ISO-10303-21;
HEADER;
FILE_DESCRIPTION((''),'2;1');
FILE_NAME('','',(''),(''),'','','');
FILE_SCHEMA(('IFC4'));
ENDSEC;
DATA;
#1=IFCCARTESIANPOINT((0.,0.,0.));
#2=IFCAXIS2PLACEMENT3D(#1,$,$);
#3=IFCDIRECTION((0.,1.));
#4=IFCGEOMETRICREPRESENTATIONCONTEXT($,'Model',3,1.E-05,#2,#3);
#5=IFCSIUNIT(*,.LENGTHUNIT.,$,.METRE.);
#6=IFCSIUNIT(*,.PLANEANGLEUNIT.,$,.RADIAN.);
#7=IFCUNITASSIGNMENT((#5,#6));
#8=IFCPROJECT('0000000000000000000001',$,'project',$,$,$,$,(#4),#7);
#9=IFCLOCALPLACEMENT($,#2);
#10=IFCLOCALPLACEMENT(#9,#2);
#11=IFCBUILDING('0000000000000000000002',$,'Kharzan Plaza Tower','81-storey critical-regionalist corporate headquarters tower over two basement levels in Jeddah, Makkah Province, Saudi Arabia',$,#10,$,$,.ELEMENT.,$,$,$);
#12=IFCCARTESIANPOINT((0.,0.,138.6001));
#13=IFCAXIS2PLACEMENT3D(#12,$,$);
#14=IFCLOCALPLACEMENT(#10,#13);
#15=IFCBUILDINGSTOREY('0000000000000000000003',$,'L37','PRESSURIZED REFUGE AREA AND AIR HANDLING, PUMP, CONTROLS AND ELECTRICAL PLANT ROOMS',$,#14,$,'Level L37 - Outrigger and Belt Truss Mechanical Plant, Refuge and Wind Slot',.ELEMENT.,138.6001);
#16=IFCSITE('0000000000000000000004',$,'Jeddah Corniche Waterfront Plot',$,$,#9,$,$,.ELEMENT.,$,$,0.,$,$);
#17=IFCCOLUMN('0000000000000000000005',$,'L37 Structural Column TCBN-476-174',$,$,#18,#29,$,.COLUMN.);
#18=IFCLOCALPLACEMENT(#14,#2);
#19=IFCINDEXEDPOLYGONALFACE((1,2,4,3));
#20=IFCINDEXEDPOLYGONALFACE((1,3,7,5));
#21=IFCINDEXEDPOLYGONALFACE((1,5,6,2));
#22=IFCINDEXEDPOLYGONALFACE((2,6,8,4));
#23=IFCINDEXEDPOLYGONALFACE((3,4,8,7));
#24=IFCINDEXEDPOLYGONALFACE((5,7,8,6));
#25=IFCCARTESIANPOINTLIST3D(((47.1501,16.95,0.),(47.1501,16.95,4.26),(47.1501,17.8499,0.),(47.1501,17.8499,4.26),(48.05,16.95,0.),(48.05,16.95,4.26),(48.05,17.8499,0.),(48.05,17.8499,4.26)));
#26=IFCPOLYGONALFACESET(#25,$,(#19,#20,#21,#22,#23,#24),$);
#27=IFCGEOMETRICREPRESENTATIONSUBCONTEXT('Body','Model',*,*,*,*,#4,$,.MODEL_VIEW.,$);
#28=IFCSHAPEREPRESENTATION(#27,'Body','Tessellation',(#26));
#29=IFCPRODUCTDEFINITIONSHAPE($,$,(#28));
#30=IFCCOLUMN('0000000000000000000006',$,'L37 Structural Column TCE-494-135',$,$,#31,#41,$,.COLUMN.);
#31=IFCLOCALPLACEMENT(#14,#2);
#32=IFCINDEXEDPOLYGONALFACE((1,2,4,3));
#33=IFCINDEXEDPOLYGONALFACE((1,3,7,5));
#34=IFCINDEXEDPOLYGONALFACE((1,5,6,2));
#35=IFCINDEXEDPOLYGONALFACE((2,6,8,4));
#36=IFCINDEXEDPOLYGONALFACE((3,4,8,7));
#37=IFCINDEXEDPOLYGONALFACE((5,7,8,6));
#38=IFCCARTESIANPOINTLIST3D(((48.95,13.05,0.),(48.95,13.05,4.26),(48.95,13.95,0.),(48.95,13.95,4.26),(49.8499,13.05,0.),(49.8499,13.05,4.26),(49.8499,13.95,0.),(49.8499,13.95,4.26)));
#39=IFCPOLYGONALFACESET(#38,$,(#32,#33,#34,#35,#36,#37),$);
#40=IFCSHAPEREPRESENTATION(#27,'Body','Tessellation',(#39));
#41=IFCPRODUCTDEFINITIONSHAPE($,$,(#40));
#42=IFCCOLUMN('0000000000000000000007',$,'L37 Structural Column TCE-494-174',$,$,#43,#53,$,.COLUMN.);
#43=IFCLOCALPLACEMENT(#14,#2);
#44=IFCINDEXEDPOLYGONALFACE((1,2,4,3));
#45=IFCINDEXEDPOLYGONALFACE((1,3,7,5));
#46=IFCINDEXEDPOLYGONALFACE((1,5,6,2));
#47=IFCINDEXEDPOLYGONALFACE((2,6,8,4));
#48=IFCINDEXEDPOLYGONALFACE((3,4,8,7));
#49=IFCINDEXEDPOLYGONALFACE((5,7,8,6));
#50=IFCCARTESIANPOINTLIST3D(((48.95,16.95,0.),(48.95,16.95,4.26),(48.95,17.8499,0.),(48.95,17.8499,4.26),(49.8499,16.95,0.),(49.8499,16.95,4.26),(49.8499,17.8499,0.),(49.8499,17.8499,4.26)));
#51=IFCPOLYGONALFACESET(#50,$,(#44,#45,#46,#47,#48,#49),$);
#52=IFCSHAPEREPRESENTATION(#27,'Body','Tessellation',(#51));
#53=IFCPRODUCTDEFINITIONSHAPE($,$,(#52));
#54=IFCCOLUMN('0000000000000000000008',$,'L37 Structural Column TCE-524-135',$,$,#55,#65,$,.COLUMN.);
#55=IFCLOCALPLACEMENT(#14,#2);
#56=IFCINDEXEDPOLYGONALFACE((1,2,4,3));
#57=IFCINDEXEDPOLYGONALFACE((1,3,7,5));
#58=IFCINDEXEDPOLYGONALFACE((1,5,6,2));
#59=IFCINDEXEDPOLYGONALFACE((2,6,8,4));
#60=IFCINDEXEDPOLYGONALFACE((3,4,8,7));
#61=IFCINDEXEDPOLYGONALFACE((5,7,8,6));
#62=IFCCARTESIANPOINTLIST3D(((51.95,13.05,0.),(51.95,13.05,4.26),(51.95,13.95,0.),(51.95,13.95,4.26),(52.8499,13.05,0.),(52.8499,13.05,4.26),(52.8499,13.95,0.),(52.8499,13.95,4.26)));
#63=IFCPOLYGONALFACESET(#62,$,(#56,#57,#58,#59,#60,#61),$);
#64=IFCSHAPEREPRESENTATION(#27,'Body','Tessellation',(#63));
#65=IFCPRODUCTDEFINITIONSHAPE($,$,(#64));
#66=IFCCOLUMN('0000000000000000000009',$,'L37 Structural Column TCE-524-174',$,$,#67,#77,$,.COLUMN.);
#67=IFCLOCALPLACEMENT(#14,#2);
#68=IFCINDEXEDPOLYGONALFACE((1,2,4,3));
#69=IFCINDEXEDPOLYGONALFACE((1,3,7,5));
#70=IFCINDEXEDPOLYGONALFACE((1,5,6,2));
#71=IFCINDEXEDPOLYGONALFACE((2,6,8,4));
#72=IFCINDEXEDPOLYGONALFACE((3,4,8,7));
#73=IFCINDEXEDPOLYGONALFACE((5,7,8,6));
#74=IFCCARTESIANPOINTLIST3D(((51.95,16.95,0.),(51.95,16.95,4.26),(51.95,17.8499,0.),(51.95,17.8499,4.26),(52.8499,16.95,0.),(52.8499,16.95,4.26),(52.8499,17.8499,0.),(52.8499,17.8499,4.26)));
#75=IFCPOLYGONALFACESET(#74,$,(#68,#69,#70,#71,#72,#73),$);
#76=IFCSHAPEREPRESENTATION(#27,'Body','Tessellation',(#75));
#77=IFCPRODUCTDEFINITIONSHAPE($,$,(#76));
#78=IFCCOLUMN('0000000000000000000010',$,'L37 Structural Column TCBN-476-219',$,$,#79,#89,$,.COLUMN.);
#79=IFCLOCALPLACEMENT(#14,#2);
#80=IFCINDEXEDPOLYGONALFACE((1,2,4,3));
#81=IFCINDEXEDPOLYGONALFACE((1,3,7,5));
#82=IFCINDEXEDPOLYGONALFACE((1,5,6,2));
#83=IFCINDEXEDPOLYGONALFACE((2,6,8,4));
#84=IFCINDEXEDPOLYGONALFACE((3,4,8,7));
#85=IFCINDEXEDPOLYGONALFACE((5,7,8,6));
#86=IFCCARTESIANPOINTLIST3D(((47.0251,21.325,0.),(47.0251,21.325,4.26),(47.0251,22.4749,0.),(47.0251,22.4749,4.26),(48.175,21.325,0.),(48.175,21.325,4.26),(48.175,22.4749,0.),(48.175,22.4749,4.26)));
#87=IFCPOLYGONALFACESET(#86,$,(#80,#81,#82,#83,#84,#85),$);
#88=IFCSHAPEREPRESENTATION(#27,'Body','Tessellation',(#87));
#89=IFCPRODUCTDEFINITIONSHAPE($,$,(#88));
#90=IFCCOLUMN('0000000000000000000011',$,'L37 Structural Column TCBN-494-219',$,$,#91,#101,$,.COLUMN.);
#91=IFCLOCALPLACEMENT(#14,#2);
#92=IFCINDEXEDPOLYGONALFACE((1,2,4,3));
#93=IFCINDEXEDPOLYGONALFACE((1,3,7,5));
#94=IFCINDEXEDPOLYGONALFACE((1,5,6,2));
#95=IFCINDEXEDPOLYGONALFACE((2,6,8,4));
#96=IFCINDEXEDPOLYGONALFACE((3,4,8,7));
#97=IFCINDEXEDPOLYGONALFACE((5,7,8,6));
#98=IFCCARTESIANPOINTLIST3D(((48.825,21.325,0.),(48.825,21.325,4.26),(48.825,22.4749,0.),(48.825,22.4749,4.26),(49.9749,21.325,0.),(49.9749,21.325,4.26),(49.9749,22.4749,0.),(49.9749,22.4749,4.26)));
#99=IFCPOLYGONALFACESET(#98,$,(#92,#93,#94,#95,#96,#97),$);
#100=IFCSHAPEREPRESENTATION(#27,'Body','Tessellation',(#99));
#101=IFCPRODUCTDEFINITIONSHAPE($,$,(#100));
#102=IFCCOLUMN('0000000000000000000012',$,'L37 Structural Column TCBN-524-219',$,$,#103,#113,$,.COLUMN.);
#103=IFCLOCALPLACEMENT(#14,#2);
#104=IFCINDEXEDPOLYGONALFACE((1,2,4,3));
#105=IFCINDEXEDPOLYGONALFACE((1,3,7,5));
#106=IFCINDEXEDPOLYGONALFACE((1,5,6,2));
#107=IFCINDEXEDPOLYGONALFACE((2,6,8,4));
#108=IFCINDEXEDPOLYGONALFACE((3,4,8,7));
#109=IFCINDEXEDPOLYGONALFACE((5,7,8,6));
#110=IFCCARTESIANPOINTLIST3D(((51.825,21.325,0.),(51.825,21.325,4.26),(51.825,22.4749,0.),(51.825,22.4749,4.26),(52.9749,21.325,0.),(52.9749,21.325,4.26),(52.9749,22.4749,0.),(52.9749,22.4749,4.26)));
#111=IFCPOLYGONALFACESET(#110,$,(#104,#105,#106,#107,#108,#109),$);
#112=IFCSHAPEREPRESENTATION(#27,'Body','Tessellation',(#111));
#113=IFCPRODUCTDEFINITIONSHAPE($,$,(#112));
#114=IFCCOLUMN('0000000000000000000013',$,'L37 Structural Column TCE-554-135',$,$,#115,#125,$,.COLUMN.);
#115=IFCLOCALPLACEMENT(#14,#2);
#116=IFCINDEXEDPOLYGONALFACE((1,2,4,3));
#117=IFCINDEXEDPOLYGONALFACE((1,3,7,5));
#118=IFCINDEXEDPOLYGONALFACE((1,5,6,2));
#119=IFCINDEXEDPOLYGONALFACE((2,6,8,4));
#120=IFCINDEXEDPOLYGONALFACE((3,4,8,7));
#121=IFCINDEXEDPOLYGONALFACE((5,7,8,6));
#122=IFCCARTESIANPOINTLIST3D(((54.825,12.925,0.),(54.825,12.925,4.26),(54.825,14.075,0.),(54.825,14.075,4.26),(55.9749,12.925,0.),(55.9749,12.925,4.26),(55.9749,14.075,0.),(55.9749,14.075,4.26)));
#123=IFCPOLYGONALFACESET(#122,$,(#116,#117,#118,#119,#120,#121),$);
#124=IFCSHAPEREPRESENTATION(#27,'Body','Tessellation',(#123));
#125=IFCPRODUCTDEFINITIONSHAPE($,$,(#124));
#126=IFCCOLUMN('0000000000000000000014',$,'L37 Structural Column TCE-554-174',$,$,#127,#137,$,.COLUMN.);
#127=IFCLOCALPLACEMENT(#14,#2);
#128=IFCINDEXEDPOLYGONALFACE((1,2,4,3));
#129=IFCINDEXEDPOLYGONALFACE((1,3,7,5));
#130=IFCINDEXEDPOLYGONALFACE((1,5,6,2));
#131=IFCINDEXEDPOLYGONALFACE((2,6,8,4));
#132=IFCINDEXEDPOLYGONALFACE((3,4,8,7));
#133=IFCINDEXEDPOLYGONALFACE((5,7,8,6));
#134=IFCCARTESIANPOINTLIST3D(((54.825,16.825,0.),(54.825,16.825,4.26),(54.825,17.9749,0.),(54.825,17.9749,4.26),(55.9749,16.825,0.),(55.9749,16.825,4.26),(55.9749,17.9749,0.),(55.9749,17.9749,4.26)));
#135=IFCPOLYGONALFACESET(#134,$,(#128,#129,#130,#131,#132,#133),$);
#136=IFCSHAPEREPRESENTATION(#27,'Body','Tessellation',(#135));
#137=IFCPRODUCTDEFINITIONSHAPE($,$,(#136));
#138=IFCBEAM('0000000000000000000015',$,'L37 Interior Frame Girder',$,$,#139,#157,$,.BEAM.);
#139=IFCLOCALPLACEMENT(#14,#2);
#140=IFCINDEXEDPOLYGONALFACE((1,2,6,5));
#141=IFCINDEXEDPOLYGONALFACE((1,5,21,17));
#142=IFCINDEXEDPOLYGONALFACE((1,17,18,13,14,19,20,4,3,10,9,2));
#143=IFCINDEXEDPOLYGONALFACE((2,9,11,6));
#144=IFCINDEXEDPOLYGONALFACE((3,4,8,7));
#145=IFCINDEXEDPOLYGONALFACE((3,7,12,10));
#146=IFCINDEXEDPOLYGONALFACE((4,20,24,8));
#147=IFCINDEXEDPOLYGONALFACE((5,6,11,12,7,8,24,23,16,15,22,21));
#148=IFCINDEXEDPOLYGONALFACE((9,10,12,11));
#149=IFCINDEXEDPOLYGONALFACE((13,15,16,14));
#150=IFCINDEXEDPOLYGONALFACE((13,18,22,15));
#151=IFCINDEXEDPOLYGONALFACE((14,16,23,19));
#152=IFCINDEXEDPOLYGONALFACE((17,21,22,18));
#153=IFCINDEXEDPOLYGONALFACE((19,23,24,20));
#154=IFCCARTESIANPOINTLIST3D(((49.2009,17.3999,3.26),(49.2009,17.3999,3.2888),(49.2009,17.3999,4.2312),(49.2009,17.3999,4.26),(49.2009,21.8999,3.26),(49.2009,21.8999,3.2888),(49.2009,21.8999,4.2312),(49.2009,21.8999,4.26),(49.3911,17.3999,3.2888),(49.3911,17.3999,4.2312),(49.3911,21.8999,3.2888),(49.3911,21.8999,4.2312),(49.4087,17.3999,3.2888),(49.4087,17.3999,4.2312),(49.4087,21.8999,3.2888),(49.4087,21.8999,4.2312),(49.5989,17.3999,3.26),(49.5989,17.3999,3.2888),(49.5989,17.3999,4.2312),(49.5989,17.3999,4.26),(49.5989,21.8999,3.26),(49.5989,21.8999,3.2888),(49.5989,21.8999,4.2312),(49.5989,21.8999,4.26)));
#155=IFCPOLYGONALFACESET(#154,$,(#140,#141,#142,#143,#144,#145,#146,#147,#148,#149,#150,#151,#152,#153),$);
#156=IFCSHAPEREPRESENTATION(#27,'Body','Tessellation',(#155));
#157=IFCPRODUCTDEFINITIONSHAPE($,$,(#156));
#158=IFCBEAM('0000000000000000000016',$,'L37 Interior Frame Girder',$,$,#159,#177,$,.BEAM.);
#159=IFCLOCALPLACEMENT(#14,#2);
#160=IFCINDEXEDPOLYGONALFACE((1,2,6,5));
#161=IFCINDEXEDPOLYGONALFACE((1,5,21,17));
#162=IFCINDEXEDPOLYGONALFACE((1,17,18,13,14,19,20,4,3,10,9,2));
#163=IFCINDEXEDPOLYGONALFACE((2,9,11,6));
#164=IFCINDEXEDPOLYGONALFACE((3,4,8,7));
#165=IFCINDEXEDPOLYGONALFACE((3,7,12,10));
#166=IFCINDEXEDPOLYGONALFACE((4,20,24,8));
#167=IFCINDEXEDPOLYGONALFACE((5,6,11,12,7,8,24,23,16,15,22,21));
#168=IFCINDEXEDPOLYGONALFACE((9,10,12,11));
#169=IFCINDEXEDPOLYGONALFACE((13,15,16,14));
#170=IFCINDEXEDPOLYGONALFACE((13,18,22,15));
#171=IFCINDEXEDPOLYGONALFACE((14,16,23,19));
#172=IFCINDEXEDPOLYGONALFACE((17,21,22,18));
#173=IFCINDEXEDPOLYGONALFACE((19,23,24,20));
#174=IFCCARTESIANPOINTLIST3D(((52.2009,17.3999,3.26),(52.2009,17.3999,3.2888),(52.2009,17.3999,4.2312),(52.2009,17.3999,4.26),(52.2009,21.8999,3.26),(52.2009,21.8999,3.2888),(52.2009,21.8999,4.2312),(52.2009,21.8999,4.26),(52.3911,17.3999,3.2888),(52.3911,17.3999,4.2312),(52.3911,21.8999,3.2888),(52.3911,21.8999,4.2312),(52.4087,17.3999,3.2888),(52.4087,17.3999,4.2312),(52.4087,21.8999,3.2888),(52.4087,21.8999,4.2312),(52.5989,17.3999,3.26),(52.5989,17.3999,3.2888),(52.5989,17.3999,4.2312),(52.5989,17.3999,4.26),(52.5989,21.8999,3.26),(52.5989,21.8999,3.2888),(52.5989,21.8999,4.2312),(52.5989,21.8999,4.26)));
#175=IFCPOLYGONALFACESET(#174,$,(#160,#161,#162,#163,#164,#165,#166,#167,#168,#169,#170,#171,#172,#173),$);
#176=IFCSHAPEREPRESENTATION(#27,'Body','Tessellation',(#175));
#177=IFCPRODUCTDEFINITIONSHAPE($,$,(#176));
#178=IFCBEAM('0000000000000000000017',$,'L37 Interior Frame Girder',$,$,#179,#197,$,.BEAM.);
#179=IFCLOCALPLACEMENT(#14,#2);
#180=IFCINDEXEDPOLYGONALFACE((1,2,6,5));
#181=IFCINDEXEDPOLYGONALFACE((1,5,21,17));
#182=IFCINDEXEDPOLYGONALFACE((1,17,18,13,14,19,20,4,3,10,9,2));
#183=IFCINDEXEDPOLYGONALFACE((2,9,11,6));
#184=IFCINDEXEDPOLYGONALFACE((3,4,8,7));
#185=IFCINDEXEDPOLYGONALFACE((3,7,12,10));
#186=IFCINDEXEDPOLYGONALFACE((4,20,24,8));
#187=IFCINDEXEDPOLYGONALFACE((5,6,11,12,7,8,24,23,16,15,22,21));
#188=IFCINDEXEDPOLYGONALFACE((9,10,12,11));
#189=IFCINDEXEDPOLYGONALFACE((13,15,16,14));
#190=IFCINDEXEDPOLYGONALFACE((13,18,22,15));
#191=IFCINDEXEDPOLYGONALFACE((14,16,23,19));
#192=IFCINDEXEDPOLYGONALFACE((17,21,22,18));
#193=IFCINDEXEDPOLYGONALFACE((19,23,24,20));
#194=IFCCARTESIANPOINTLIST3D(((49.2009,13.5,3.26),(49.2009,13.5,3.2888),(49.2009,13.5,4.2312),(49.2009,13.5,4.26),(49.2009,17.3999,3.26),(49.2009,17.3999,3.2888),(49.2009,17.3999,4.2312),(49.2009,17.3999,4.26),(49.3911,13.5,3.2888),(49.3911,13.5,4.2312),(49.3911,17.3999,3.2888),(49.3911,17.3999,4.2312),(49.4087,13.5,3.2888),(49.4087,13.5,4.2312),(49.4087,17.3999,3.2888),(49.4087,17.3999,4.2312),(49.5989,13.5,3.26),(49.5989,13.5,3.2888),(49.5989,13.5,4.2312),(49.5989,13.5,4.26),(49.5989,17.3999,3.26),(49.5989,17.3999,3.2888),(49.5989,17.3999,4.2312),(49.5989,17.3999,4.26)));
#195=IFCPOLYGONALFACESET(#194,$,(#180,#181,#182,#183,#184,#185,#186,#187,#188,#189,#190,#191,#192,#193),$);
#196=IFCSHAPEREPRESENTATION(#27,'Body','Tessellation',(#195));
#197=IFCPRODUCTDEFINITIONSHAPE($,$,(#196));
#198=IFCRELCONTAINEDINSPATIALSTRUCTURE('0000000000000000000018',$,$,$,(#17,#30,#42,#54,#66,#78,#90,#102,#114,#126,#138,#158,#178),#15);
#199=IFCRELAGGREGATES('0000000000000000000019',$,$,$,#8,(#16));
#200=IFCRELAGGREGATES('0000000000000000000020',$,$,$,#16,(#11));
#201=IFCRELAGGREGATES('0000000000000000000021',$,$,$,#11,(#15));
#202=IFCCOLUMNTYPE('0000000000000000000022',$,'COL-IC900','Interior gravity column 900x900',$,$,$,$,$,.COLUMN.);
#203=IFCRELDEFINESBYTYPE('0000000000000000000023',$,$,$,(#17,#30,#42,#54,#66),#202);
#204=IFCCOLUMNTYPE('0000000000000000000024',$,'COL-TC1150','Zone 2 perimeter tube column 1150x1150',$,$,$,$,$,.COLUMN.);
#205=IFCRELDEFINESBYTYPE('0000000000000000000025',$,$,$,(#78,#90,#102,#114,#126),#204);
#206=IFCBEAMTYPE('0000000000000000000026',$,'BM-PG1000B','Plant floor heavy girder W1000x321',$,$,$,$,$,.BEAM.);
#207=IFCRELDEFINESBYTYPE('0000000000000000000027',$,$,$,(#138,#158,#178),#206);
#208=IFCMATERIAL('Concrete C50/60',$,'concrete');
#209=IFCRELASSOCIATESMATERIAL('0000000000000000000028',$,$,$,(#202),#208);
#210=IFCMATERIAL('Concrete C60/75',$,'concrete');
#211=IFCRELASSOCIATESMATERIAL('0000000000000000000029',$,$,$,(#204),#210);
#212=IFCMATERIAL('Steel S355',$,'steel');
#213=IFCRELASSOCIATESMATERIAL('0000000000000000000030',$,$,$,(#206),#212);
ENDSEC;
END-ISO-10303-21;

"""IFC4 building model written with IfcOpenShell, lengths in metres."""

from ifc_helpers import new_model, si_unit, direction, frame, origin, origin_2d, place, context, subcontext, project, spatial, rectangle, i_section, extrude, source, transform, mapped, material, material_profile, profile_set, type_object, element, save


model = new_model("IFC4")

# Units and contexts
model_context = context("Model", 3, precision=1e-05, world=origin(), true_north=direction((0.0, 1.0)))
body_context = subcontext(model_context, "Body", "Model", "MODEL_VIEW")
ifc_project = project(units=[si_unit("LENGTHUNIT", "METRE"), si_unit("PLANEANGLEUNIT", "RADIAN")], contexts=[model_context])

# Site, building, storey
site_placement = place(None, origin())
site = spatial("IfcSite", under=ifc_project, at=site_placement, Name="Jeddah Corniche Waterfront Plot", CompositionType="ELEMENT", RefElevation=0.0)
building_placement = place(site_placement, origin())
building = spatial("IfcBuilding", under=site, at=building_placement, Name="Kharzan Plaza Tower", Description="81-storey critical-regionalist corporate headquarters tower over two basement levels in Jeddah, Makkah Province, Saudi Arabia", CompositionType="ELEMENT")
storey_placement = place(building_placement, frame((0.0, 0.0, 138.6001)))
storey = spatial("IfcBuildingStorey", under=building, at=storey_placement, Name="L37", Description="PRESSURIZED REFUGE AREA AND AIR HANDLING, PUMP, CONTROLS AND ELECTRICAL PLANT ROOMS", LongName="Level L37 - Outrigger and Belt Truss Mechanical Plant, Refuge and Wind Slot", CompositionType="ELEMENT", Elevation=138.6001)

# Columns
ifc_material_1 = material(Name="Concrete C50/60", Category="concrete")
ifc_material_profile_1 = material_profile(ifc_material_1, rectangle(XDim=0.8999, YDim=0.8999, at=origin_2d()), Name="RC-IC900x900")
ifc_profile_set_1 = profile_set([ifc_material_profile_1], Name="Concrete C50/60")
column_type_1 = type_object("IfcColumnType", Name="COL-IC900", Description="Interior gravity column 900x900", PredefinedType="COLUMN", material=ifc_profile_set_1)
shared_shape_1 = source(origin(), body_context, "Body", "SweptSolid", [
    extrude(rectangle(XDim=0.8999, YDim=0.8999, at=origin_2d()), origin(), (0.0, 0.0, 1.0), 4.26),
])
for number, where, z_axis, x_axis, name in (
    (1, (47.6001, 17.3999, 0.0), (0.0, 0.0, 1.0), (1.0, 0.0, 0.0), "L37 Structural Column TCBN-476-174"),
    (2, (49.3999, 13.5, 0.0), (0.0, 0.0, 1.0), (1.0, 0.0, 0.0), "L37 Structural Column TCE-494-135"),
    (3, (49.3999, 17.3999, 0.0), (0.0, 0.0, 1.0), (1.0, 0.0, 0.0), "L37 Structural Column TCE-494-174"),
    (4, (52.3999, 13.5, 0.0), (0.0, 0.0, 1.0), (1.0, 0.0, 0.0), "L37 Structural Column TCE-524-135"),
    (5, (52.3999, 17.3999, 0.0), (0.0, 0.0, 1.0), (1.0, 0.0, 0.0), "L37 Structural Column TCE-524-174"),
):
    element("IfcColumn", number, at=place(storey_placement, frame(where, z_axis=z_axis, x_axis=x_axis)), inside=storey, type_object=column_type_1, Name=name, PredefinedType="COLUMN", context=body_context, shape_type="MappedRepresentation", body=[
        mapped(shared_shape_1, transform((0.0, 0.0, 0.0), x_axis=(1.0, 0.0, 0.0), y_axis=(0.0, 1.0, 0.0), z_axis=(0.0, 0.0, 1.0))),
    ])
ifc_material_2 = material(Name="Concrete C60/75", Category="concrete")
ifc_material_profile_2 = material_profile(ifc_material_2, rectangle(XDim=1.1499, YDim=1.1499, at=origin_2d()), Name="RC-TC1150x1150")
ifc_profile_set_2 = profile_set([ifc_material_profile_2], Name="Concrete C60/75")
column_type_2 = type_object("IfcColumnType", Name="COL-TC1150", Description="Zone 2 perimeter tube column 1150x1150", PredefinedType="COLUMN", material=ifc_profile_set_2)
shared_shape_2 = source(origin(), body_context, "Body", "SweptSolid", [
    extrude(rectangle(XDim=1.1499, YDim=1.1499, at=origin_2d()), origin(), (0.0, 0.0, 1.0), 4.26),
])
for number, where, z_axis, x_axis, name in (
    (6, (47.6001, 21.8999, 0.0), (0.0, 0.0, 1.0), (1.0, 0.0, 0.0), "L37 Structural Column TCBN-476-219"),
    (7, (49.3999, 21.8999, 0.0), (0.0, 0.0, 1.0), (1.0, 0.0, 0.0), "L37 Structural Column TCBN-494-219"),
    (8, (52.3999, 21.8999, 0.0), (0.0, 0.0, 1.0), (1.0, 0.0, 0.0), "L37 Structural Column TCBN-524-219"),
    (9, (55.3999, 13.5, 0.0), (0.0, 0.0, 1.0), (1.0, 0.0, 0.0), "L37 Structural Column TCE-554-135"),
    (10, (55.3999, 17.3999, 0.0), (0.0, 0.0, 1.0), (1.0, 0.0, 0.0), "L37 Structural Column TCE-554-174"),
):
    element("IfcColumn", number, at=place(storey_placement, frame(where, z_axis=z_axis, x_axis=x_axis)), inside=storey, type_object=column_type_2, Name=name, PredefinedType="COLUMN", context=body_context, shape_type="MappedRepresentation", body=[
        mapped(shared_shape_2, transform((0.0, 0.0, 0.0), x_axis=(1.0, 0.0, 0.0), y_axis=(0.0, 1.0, 0.0), z_axis=(0.0, 0.0, 1.0))),
    ])

# Beams
ifc_material_3 = material(Name="Steel S355", Category="steel")
ifc_material_profile_3 = material_profile(ifc_material_3, i_section(OverallWidth=0.3979, OverallDepth=1.0, WebThickness=0.0176, FlangeThickness=0.0288, at=origin_2d()), Name="W1000x321")
ifc_profile_set_3 = profile_set([ifc_material_profile_3], Name="Steel S355")
beam_type_1 = type_object("IfcBeamType", Name="BM-PG1000B", Description="Plant floor heavy girder W1000x321", PredefinedType="BEAM", material=ifc_profile_set_3)
shared_shape_3 = source(origin(), body_context, "Body", "SweptSolid", [
    extrude(i_section(OverallWidth=0.3979, OverallDepth=1.0, WebThickness=0.0176, FlangeThickness=0.0288, at=origin_2d()), origin(), (0.0, 0.0, 1.0), 4.5),
])
for number, where, z_axis, x_axis, name in (
    (11, (49.3999, 17.3999, 3.76), (0.0, 1.0, 0.0), (-1.0, 0.0, 0.0), "L37 Interior Frame Girder"),
    (12, (52.3999, 17.3999, 3.76), (0.0, 1.0, 0.0), (-1.0, 0.0, 0.0), "L37 Interior Frame Girder"),
):
    element("IfcBeam", number, at=place(storey_placement, frame(where, z_axis=z_axis, x_axis=x_axis)), inside=storey, type_object=beam_type_1, Name=name, PredefinedType="BEAM", context=body_context, shape_type="MappedRepresentation", body=[
        mapped(shared_shape_3, transform((0.0, 0.0, 0.0), x_axis=(1.0, 0.0, 0.0), y_axis=(0.0, 1.0, 0.0), z_axis=(0.0, 0.0, 1.0))),
    ])
shared_shape_4 = source(origin(), body_context, "Body", "SweptSolid", [
    extrude(i_section(OverallWidth=0.3979, OverallDepth=1.0, WebThickness=0.0176, FlangeThickness=0.0288, at=origin_2d()), origin(), (0.0, 0.0, 1.0), 3.8999),
])
for number, where, z_axis, x_axis, name in (
    (13, (49.3999, 13.5, 3.76), (0.0, 1.0, 0.0), (-1.0, 0.0, 0.0), "L37 Interior Frame Girder"),
):
    element("IfcBeam", number, at=place(storey_placement, frame(where, z_axis=z_axis, x_axis=x_axis)), inside=storey, type_object=beam_type_1, Name=name, PredefinedType="BEAM", context=body_context, shape_type="MappedRepresentation", body=[
        mapped(shared_shape_4, transform((0.0, 0.0, 0.0), x_axis=(1.0, 0.0, 0.0), y_axis=(0.0, 1.0, 0.0), z_axis=(0.0, 0.0, 1.0))),
    ])

save(model, "model.ifc")
